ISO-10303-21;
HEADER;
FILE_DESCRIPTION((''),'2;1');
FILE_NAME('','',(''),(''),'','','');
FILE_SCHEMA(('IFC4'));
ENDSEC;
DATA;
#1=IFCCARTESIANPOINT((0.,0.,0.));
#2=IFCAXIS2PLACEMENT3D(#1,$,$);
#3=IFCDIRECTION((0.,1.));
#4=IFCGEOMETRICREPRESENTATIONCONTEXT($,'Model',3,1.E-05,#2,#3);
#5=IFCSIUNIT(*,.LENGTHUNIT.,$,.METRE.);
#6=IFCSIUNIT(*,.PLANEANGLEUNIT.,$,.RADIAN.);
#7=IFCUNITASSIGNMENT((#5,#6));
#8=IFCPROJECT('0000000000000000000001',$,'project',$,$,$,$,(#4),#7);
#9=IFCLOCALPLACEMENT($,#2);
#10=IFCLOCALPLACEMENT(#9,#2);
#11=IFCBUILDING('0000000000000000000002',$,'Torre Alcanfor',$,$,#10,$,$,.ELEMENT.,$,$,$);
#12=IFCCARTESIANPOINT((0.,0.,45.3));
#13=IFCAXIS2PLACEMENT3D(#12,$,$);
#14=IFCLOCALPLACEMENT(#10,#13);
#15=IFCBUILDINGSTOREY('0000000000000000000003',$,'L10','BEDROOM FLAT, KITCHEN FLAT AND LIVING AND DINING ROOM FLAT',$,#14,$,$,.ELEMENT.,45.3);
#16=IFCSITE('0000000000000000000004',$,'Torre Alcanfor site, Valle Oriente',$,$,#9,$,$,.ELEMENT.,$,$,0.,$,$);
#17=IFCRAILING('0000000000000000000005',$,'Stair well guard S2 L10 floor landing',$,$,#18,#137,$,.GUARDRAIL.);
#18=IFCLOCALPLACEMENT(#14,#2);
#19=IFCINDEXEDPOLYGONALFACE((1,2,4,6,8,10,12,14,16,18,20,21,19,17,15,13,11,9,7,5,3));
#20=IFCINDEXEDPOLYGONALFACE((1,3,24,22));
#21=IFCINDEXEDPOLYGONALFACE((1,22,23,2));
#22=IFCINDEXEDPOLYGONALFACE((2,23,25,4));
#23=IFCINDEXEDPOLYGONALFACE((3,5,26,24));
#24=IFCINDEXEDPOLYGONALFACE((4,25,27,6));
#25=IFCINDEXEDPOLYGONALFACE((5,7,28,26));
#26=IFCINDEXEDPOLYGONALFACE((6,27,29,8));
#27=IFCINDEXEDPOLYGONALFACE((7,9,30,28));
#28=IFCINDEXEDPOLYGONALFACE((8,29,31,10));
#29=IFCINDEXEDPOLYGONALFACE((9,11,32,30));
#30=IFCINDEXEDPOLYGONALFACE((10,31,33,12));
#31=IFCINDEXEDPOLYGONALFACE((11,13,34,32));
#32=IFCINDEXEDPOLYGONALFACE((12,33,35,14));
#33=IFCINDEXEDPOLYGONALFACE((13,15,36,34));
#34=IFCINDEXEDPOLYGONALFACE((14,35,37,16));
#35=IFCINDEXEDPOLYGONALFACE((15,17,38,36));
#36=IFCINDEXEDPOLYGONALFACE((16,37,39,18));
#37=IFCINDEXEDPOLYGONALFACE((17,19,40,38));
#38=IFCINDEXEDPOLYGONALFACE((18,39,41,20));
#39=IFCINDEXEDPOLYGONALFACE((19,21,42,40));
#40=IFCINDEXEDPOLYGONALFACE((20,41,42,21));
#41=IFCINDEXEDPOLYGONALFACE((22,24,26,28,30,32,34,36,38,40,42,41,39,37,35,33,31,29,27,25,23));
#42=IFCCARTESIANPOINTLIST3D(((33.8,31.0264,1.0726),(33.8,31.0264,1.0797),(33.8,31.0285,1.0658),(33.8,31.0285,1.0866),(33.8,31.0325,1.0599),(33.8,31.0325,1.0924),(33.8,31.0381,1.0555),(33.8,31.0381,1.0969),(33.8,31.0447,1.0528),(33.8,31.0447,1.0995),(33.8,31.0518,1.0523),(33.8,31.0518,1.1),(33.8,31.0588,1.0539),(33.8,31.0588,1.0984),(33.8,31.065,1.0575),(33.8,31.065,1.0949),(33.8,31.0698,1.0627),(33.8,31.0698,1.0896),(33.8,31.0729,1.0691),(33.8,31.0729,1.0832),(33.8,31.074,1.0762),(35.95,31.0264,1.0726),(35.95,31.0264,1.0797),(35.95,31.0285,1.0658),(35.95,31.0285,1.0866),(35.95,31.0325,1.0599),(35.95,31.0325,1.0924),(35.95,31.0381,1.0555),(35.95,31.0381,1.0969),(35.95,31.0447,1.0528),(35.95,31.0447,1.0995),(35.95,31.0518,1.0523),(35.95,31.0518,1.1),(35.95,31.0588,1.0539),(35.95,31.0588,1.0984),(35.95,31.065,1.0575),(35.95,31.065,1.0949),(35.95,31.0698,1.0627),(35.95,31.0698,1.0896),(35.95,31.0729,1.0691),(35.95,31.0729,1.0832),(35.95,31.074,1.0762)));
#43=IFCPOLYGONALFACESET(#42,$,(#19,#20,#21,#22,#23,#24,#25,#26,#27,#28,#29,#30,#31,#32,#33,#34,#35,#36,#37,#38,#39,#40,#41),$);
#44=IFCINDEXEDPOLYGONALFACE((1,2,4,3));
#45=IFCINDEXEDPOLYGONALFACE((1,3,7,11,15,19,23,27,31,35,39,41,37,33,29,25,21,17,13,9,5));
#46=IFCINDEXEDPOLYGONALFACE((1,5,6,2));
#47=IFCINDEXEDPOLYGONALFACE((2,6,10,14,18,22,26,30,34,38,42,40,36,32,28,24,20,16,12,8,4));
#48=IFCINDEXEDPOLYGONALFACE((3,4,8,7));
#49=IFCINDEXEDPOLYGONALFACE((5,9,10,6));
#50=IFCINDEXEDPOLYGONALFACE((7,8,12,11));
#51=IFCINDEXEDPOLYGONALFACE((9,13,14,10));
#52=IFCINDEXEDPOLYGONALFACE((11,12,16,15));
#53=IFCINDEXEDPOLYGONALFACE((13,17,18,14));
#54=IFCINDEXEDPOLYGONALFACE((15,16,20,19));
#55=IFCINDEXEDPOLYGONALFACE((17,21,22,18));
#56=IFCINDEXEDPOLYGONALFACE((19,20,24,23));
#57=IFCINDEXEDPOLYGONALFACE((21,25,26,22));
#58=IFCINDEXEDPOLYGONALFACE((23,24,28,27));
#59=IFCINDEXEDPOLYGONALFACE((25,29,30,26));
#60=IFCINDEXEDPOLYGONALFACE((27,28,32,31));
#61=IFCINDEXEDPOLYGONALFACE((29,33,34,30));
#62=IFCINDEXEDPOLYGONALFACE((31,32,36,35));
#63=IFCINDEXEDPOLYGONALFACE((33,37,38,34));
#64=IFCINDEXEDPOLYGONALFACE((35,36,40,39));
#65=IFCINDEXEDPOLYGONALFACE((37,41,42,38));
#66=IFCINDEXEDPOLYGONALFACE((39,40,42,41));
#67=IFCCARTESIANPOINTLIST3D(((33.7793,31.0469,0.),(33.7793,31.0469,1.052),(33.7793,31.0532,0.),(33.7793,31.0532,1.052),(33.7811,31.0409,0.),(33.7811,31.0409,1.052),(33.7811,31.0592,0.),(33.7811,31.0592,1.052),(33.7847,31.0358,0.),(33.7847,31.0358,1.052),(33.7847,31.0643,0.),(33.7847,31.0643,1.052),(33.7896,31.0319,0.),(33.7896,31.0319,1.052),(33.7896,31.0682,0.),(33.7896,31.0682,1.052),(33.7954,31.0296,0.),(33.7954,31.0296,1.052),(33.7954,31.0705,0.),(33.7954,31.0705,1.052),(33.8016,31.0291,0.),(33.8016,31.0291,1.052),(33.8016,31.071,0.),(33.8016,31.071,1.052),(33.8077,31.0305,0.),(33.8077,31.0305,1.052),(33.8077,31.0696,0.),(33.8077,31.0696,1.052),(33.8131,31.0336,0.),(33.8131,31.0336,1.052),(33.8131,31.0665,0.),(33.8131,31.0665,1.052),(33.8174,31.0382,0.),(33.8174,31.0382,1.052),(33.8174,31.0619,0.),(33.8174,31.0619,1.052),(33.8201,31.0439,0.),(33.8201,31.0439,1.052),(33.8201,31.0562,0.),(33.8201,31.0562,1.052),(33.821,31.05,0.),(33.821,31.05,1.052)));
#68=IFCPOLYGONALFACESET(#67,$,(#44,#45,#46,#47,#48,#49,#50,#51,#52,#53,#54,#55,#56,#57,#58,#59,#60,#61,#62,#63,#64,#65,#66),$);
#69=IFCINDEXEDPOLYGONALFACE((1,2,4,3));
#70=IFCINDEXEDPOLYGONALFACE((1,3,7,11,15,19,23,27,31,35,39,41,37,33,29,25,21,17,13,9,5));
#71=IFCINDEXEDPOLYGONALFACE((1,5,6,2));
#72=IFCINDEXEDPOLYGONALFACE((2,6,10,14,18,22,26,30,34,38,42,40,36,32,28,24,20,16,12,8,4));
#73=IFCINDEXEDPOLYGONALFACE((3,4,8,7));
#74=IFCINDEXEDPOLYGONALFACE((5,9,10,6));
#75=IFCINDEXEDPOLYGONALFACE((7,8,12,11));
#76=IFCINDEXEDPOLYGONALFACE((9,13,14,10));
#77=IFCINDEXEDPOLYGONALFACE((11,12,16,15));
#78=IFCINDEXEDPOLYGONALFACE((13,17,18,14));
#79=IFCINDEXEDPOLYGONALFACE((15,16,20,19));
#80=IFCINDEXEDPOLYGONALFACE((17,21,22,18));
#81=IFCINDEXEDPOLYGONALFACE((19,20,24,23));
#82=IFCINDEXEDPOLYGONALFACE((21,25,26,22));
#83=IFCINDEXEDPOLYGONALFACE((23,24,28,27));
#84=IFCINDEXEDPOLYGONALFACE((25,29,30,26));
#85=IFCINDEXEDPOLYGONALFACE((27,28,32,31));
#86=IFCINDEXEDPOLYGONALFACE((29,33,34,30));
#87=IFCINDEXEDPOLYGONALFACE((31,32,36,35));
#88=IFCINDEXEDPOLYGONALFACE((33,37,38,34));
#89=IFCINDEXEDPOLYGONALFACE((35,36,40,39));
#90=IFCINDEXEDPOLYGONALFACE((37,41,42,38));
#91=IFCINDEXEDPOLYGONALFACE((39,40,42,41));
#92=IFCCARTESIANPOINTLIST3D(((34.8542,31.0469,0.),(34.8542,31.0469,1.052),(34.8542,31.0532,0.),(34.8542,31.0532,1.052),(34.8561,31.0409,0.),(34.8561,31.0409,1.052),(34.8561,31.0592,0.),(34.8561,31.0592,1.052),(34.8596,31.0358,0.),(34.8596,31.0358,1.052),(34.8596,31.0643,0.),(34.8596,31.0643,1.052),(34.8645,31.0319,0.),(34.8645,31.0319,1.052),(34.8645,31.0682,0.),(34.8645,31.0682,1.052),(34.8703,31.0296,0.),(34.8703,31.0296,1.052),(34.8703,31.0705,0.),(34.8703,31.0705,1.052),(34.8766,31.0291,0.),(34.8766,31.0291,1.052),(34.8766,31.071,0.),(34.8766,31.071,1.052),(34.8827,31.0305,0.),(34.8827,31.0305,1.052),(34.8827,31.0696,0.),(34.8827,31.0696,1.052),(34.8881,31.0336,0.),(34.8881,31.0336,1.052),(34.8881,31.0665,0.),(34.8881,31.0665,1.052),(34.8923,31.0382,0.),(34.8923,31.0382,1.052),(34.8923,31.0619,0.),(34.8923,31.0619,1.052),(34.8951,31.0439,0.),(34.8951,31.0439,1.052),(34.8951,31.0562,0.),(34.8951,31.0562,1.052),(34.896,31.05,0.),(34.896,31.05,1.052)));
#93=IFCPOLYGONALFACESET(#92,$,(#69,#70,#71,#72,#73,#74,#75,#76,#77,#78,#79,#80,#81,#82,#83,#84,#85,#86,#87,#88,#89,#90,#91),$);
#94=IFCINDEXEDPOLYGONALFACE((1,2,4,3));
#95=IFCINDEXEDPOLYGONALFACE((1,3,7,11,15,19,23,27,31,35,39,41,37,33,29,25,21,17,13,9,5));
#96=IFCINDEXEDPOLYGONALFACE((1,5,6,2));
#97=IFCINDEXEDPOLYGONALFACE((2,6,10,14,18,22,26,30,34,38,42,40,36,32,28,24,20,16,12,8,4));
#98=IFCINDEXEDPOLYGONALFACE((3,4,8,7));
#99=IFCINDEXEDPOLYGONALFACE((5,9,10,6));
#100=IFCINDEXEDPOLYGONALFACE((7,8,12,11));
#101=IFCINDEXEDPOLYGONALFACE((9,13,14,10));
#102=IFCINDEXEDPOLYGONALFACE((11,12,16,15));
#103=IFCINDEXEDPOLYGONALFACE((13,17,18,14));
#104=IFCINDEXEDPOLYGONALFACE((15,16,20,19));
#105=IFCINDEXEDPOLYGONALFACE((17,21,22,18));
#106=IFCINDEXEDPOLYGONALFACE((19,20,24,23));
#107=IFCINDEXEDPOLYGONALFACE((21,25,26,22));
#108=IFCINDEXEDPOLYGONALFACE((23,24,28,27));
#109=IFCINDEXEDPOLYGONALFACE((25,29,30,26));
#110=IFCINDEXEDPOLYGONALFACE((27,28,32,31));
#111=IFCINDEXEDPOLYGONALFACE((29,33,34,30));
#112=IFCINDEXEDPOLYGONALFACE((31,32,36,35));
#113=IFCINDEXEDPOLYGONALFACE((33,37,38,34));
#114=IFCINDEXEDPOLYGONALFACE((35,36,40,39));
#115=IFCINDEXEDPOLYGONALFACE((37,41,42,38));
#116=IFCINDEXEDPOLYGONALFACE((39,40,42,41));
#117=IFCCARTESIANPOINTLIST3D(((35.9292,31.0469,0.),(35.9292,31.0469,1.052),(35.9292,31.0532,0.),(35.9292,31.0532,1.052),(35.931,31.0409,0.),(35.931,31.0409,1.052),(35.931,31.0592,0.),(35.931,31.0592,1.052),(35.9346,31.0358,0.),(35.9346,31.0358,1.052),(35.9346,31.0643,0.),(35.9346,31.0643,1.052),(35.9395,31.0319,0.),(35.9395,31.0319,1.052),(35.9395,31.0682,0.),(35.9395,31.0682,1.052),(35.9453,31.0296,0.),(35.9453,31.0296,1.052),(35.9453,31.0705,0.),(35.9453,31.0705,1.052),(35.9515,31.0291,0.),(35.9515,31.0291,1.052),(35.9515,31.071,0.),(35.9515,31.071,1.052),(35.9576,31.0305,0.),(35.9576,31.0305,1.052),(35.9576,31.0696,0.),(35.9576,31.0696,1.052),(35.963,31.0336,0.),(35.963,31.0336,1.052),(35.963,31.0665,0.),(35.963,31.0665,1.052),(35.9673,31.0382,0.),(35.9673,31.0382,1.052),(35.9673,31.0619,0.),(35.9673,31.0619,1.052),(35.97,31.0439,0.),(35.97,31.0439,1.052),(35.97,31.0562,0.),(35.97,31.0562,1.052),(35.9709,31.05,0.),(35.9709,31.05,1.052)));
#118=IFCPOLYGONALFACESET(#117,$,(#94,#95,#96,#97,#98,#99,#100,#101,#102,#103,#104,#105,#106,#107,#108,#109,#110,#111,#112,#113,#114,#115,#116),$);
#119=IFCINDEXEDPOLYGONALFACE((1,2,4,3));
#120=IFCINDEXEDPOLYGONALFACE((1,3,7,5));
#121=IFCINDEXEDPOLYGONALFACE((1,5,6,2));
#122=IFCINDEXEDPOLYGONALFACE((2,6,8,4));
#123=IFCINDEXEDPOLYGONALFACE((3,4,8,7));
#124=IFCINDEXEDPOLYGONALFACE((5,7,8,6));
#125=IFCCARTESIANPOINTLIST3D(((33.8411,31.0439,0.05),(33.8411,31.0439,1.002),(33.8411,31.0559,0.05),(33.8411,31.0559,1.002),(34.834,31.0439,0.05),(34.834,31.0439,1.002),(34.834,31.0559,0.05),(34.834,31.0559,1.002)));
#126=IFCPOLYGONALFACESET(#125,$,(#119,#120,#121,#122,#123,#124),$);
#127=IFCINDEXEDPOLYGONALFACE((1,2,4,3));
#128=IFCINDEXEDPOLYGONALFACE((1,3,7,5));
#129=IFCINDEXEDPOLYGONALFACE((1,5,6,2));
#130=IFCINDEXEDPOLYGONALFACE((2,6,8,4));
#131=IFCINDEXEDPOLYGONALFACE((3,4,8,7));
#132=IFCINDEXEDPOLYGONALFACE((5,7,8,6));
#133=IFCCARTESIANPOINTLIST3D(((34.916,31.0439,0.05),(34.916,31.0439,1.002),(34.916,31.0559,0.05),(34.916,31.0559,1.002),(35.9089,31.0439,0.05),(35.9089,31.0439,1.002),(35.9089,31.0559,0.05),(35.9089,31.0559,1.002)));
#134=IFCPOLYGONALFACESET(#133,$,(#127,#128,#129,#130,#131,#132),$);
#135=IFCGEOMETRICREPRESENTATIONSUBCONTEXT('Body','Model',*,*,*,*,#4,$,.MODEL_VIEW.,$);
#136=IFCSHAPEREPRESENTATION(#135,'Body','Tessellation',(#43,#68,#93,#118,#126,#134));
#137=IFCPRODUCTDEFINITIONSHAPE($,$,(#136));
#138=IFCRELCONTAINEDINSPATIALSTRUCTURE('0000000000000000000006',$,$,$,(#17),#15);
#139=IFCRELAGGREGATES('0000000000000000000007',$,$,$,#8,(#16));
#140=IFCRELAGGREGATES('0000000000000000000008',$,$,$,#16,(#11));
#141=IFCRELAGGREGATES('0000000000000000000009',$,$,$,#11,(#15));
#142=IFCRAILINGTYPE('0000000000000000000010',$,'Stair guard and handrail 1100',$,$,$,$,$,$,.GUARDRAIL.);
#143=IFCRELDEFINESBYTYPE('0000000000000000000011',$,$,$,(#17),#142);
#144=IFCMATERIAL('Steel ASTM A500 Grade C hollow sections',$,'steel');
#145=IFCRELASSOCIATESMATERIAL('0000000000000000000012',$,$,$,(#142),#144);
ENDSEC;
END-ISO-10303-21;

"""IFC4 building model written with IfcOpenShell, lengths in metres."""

from ifc_helpers import new_model, si_unit, direction, frame, origin, origin_2d, place, context, subcontext, project, spatial, polyline, circle, outline, extrude, material, type_object, element, save


model = new_model("IFC4")

# Units and contexts
model_context = context("Model", 3, precision=1e-05, world=origin(), true_north=direction((0.0, 1.0)))
body_context = subcontext(model_context, "Body", "Model", "MODEL_VIEW")
ifc_project = project(units=[si_unit("LENGTHUNIT", "METRE"), si_unit("PLANEANGLEUNIT", "RADIAN")], contexts=[model_context])

# Site, building, storey
site_placement = place(None, origin())
site = spatial("IfcSite", under=ifc_project, at=site_placement, Name="Torre Alcanfor site, Valle Oriente", CompositionType="ELEMENT", RefElevation=0.0)
building_placement = place(site_placement, origin())
building = spatial("IfcBuilding", under=site, at=building_placement, Name="Torre Alcanfor", CompositionType="ELEMENT")
storey_placement = place(building_placement, frame((0.0, 0.0, 45.3)))
storey = spatial("IfcBuildingStorey", under=building, at=storey_placement, Name="L10", Description="BEDROOM FLAT, KITCHEN FLAT AND LIVING AND DINING ROOM FLAT", CompositionType="ELEMENT", Elevation=45.3)

# Railing
ifc_material_1 = material(Name="Steel ASTM A500 Grade C hollow sections", Category="steel")
railing_type_1 = type_object("IfcRailingType", Name="Stair guard and handrail 1100", PredefinedType="GUARDRAIL", material=ifc_material_1)
for number, where, name in (
    (1, (33.8, 31.05, 0.0), "Stair well guard S2 L10 floor landing"),
):
    element("IfcRailing", number, at=place(storey_placement, frame(where)), inside=storey, type_object=railing_type_1, Name=name, PredefinedType="GUARDRAIL", context=body_context, shape_type="SweptSolid", body=[
        extrude(circle(Radius=0.0239, at=origin_2d()), frame((0.0, 0.0, 1.0762), z_axis=(1.0, 0.0, 0.0), x_axis=(0.0, 1.0, 0.0)), (0.0, 0.0, 1.0), 2.1499),
        extrude(circle(Radius=0.021, at=origin_2d()), origin(), (0.0, 0.0, 1.0), 1.052),
        extrude(circle(Radius=0.021, at=origin_2d()), frame((1.075, 0.0, 0.0)), (0.0, 0.0, 1.0), 1.052),
        extrude(circle(Radius=0.021, at=origin_2d()), frame((2.1499, 0.0, 0.0)), (0.0, 0.0, 1.0), 1.052),
        extrude(outline(polyline([(0.041, 0.05), (1.0339, 0.05), (1.0339, 1.002), (0.041, 1.002), (0.041, 0.05)])), frame((0.0, 0.0059, 0.0), z_axis=(0.0, -1.0, 0.0), x_axis=(1.0, 0.0, 0.0)), (0.0, 0.0, 1.0), 0.012),
        extrude(outline(polyline([(1.116, 0.05), (2.1089, 0.05), (2.1089, 1.002), (1.116, 1.002), (1.116, 0.05)])), frame((0.0, 0.0059, 0.0), z_axis=(0.0, -1.0, 0.0), x_axis=(1.0, 0.0, 0.0)), (0.0, 0.0, 1.0), 0.012),
    ])

save(model, "model.ifc")
